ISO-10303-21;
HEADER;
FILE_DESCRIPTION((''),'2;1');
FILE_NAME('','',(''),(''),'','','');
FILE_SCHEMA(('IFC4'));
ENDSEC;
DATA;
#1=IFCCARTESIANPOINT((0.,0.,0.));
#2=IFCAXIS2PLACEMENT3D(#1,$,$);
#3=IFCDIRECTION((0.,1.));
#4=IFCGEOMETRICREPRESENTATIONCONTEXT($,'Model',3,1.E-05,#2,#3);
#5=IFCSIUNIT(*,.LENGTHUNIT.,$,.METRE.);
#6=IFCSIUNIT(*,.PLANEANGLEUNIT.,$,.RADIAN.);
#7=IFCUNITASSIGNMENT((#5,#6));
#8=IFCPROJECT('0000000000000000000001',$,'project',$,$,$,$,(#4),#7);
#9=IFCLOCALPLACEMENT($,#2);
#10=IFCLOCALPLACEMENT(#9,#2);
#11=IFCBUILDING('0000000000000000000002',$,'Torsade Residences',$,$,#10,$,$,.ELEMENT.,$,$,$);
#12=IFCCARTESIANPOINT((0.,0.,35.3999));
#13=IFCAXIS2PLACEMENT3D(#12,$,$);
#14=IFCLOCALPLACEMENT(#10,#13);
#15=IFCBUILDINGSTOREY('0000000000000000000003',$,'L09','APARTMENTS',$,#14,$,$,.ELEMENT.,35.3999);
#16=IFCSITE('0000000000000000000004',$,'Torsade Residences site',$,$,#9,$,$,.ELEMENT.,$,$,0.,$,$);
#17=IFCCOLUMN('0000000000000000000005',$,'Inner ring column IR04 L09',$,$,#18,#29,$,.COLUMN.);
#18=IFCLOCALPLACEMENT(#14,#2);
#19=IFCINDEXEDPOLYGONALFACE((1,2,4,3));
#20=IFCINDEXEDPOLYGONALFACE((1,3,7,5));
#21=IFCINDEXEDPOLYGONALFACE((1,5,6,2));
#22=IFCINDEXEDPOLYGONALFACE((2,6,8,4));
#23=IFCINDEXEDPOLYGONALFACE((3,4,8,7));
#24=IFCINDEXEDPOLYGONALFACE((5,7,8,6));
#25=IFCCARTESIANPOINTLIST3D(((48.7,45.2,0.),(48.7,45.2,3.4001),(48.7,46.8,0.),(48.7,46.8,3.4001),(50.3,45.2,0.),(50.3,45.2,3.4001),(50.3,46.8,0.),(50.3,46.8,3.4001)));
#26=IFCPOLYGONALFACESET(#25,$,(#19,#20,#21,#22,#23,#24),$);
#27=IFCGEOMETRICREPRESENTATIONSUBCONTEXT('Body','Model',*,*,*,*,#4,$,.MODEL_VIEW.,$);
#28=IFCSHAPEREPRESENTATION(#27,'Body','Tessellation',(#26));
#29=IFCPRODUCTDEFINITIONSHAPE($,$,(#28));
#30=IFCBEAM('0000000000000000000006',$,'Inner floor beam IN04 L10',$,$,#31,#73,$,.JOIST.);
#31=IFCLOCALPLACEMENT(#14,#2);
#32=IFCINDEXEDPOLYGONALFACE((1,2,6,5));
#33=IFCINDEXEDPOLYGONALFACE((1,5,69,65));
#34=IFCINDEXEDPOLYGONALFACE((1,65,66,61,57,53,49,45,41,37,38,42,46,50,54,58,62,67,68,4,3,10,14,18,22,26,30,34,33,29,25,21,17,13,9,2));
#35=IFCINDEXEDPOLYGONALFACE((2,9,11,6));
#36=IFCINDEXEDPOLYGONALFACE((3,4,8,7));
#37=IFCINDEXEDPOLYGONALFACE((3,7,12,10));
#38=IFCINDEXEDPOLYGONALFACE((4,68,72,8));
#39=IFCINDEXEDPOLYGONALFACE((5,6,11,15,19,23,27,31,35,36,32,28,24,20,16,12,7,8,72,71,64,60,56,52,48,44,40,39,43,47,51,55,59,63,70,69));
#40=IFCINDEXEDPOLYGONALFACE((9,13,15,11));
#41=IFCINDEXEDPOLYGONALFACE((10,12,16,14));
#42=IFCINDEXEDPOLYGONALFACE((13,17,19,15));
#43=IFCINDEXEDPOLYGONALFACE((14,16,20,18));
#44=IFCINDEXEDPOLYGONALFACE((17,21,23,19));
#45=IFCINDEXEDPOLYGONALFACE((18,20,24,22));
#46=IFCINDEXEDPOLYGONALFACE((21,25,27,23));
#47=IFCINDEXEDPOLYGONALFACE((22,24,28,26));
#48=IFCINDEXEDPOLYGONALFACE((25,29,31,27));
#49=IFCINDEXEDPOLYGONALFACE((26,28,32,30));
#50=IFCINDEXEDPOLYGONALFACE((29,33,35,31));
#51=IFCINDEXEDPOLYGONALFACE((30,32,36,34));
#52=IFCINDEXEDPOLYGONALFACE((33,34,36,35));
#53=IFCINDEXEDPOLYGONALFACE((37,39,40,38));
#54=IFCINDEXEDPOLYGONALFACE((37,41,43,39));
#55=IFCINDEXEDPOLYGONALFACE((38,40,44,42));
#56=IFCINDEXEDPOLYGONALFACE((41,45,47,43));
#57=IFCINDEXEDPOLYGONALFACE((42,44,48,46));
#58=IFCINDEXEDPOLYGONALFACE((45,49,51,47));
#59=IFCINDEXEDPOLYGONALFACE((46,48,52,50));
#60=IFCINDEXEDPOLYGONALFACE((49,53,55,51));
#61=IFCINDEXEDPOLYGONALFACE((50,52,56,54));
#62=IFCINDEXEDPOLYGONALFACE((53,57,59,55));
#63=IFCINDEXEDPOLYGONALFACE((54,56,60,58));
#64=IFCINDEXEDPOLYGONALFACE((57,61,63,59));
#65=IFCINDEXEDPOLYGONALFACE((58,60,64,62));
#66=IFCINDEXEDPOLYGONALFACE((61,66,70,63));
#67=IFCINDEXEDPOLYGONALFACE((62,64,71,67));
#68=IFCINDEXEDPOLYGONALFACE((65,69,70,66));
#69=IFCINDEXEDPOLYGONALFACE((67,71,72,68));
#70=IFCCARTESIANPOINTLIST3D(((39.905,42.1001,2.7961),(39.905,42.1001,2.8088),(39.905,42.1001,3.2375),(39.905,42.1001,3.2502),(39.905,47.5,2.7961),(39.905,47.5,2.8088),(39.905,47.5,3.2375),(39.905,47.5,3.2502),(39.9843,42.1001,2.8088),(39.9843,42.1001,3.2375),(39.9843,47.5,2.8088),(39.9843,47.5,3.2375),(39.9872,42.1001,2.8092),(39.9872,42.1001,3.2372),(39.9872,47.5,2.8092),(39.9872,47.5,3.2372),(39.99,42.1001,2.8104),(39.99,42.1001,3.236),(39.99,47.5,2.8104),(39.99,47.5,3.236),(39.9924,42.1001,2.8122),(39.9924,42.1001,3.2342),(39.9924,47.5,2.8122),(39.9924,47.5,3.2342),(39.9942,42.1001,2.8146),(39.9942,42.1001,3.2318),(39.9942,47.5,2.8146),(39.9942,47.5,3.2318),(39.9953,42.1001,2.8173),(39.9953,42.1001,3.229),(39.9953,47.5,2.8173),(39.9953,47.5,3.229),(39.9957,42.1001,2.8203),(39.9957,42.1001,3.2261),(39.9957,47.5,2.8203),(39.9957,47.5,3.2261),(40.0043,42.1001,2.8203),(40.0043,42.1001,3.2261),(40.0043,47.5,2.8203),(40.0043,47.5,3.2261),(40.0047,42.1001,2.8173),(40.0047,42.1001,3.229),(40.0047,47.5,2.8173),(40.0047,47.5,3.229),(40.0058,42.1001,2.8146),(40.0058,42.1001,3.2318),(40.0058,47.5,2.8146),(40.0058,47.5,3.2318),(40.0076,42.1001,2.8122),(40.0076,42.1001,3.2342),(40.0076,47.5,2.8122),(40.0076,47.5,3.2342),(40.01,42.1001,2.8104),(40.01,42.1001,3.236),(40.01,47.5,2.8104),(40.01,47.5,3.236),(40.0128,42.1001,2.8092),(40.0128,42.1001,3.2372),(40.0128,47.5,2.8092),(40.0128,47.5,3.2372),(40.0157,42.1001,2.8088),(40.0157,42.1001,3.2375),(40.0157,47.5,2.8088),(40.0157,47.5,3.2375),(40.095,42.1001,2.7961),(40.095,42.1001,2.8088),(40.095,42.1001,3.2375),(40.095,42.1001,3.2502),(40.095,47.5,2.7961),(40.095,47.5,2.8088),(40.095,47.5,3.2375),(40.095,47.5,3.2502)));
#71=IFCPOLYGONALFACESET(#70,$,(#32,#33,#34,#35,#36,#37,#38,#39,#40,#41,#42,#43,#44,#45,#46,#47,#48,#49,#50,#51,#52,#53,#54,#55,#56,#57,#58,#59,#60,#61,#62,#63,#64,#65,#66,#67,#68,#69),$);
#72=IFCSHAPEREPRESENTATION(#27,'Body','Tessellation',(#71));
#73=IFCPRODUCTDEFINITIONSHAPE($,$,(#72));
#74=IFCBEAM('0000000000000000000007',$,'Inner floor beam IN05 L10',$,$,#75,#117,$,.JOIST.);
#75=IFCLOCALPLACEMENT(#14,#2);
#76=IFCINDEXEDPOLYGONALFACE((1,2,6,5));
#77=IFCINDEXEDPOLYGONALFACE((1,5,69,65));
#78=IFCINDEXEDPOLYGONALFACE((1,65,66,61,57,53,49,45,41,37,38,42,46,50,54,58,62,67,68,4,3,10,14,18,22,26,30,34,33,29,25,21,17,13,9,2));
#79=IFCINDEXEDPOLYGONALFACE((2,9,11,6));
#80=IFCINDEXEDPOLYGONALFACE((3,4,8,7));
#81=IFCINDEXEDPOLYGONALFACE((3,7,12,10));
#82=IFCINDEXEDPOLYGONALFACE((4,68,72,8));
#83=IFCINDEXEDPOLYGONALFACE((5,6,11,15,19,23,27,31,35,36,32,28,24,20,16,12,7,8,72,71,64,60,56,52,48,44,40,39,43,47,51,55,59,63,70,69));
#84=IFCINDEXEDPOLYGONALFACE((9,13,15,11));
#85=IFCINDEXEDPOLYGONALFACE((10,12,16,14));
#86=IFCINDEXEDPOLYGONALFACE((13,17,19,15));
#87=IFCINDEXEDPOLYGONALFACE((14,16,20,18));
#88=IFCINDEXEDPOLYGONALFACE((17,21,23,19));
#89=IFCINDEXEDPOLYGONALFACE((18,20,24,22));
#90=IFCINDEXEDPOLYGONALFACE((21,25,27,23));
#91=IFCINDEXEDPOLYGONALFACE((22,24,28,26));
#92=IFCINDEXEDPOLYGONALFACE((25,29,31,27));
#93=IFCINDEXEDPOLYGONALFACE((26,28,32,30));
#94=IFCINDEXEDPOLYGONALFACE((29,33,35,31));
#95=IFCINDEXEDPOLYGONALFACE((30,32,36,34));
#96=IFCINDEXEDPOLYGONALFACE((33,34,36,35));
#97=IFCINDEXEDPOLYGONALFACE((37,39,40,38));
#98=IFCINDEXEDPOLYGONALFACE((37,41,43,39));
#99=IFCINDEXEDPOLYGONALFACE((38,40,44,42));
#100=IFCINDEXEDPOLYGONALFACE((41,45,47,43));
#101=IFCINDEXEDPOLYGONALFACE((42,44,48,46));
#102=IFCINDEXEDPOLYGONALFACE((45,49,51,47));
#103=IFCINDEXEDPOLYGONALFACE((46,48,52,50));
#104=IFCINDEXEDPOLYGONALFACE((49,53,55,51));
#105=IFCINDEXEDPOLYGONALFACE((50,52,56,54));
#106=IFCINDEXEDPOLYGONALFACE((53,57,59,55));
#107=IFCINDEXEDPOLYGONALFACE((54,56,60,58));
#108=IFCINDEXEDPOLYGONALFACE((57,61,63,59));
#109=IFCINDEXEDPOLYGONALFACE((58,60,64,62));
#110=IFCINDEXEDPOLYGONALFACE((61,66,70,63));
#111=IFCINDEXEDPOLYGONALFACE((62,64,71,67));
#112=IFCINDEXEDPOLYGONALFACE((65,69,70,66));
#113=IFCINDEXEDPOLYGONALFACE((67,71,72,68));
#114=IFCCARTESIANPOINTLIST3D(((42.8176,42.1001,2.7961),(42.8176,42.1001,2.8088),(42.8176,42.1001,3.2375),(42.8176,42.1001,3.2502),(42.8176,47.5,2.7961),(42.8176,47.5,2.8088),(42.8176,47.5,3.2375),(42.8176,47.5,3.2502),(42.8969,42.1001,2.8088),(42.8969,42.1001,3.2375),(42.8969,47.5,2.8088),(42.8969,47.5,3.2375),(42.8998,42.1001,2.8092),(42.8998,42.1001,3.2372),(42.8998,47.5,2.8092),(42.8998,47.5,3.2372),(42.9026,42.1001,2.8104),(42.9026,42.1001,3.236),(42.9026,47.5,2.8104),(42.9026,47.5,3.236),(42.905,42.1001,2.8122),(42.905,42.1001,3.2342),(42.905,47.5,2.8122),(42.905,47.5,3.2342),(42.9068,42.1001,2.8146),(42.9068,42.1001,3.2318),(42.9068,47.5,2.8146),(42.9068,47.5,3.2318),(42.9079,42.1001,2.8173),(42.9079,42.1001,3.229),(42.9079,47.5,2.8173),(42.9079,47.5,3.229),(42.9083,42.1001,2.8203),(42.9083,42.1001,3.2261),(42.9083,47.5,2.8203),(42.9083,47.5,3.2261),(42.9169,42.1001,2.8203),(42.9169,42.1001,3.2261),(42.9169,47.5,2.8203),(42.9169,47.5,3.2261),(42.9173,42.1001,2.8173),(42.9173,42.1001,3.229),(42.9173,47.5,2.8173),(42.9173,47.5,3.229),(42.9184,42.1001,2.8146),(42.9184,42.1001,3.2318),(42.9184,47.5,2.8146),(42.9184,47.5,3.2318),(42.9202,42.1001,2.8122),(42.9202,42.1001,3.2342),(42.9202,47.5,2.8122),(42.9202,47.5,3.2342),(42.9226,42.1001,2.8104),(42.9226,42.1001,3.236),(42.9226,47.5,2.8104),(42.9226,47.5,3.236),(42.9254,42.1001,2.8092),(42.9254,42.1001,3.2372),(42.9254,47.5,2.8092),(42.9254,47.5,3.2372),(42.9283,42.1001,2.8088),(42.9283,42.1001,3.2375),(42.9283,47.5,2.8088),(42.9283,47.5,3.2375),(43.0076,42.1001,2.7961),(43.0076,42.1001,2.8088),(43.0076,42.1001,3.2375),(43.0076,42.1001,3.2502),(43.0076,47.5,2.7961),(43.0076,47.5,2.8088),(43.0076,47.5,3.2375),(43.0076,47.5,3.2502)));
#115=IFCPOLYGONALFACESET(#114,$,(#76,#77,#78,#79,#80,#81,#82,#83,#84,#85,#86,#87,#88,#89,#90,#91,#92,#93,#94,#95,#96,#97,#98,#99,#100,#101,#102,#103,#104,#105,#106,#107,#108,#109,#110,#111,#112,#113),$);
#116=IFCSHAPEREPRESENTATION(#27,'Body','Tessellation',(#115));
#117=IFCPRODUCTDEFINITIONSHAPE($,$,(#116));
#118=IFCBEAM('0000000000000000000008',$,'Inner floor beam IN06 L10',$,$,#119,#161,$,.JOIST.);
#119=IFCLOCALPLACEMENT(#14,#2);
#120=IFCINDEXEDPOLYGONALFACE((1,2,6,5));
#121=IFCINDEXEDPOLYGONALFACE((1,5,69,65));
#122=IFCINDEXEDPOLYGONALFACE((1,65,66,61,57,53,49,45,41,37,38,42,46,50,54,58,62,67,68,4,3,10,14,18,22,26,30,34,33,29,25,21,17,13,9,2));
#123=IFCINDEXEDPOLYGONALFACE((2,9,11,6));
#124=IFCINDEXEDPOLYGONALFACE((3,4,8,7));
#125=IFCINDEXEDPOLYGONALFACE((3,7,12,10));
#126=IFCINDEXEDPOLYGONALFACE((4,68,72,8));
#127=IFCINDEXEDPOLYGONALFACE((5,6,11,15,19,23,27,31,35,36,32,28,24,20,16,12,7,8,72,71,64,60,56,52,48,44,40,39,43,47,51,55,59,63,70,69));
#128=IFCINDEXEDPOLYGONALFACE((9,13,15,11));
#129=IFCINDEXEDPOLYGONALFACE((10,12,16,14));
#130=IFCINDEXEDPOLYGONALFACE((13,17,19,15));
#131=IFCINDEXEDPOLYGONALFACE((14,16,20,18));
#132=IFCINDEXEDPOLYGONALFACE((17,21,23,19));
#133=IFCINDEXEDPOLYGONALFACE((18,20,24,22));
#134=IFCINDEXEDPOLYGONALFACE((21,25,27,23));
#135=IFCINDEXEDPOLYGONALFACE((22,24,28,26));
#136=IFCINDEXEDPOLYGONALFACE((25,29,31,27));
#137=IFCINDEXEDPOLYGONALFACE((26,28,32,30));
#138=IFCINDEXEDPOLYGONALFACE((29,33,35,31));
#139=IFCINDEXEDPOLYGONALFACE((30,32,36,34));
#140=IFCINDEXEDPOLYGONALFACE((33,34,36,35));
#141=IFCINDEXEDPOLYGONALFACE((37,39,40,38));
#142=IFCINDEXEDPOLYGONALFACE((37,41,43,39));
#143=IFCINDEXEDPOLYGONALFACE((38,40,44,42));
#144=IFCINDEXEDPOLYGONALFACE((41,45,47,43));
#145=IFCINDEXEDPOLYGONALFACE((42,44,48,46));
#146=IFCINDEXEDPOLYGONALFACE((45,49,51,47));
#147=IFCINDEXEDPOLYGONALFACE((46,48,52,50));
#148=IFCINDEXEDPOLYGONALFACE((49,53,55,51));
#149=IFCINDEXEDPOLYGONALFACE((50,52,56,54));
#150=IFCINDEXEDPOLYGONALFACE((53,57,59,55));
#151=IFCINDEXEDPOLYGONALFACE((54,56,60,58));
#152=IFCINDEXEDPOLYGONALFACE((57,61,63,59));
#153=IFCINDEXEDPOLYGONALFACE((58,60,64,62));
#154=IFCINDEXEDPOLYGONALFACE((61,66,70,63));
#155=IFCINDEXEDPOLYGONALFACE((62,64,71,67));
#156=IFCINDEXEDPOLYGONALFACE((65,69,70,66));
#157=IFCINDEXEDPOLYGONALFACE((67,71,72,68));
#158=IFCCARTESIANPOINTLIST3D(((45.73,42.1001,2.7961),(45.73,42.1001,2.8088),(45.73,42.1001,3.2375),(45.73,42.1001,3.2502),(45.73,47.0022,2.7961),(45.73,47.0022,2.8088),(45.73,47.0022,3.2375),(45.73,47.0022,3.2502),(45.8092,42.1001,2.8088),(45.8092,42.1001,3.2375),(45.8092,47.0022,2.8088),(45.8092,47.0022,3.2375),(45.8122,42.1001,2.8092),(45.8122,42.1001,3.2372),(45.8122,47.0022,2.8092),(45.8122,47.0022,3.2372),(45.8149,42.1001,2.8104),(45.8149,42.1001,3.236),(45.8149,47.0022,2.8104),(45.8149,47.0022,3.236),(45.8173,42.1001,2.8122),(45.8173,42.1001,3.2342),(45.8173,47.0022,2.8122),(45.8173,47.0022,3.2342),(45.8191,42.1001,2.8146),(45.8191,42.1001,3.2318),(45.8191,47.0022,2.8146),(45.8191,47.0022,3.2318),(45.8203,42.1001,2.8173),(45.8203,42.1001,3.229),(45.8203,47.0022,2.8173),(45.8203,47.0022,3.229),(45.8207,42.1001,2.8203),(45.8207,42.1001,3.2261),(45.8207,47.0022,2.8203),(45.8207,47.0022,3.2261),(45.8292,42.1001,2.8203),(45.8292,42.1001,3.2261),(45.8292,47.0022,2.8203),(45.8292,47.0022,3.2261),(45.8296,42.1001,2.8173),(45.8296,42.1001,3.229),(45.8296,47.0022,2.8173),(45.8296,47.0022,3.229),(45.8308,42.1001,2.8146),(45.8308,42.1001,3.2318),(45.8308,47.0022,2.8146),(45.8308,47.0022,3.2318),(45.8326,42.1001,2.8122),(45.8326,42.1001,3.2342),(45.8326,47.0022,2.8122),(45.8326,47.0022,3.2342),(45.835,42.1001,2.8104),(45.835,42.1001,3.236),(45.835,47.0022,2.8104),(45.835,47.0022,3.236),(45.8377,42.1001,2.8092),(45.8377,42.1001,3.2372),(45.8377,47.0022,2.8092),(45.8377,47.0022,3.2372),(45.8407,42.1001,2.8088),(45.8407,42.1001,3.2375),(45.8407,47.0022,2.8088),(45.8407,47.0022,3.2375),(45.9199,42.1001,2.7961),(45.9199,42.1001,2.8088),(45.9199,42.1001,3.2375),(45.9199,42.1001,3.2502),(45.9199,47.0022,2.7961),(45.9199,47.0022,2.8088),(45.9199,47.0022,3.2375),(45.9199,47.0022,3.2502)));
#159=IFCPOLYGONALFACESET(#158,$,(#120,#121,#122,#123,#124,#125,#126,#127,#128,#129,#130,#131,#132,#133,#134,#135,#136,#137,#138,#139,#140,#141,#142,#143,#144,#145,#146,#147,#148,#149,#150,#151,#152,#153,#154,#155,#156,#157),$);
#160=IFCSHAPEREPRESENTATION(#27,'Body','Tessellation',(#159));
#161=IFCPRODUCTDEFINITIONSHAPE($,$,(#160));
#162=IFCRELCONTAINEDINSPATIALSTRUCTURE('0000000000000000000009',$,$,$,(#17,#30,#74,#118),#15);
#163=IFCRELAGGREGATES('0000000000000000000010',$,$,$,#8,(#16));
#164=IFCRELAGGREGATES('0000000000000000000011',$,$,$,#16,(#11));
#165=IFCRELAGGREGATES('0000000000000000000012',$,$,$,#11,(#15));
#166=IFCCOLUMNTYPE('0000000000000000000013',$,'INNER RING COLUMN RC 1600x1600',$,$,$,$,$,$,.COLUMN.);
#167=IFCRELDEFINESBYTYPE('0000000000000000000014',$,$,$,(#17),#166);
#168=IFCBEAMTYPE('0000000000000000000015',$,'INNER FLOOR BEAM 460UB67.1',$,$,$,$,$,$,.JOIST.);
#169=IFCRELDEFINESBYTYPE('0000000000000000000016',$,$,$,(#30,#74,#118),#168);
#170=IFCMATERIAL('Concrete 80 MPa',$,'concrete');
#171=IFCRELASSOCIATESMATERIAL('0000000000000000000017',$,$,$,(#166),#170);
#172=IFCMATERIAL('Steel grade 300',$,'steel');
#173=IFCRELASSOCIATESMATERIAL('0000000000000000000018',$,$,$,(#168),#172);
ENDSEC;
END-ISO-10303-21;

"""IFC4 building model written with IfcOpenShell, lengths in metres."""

from ifc_helpers import new_model, si_unit, direction, frame, origin, origin_2d, place, context, subcontext, project, spatial, rectangle, i_section, extrude, material, material_profile, profile_set, type_object, element, save


model = new_model("IFC4")

# Units and contexts
model_context = context("Model", 3, precision=1e-05, world=origin(), true_north=direction((0.0, 1.0)))
body_context = subcontext(model_context, "Body", "Model", "MODEL_VIEW")
ifc_project = project(units=[si_unit("LENGTHUNIT", "METRE"), si_unit("PLANEANGLEUNIT", "RADIAN")], contexts=[model_context])

# Site, building, storey
site_placement = place(None, origin())
site = spatial("IfcSite", under=ifc_project, at=site_placement, Name="Torsade Residences site", CompositionType="ELEMENT", RefElevation=0.0)
building_placement = place(site_placement, origin())
building = spatial("IfcBuilding", under=site, at=building_placement, Name="Torsade Residences", CompositionType="ELEMENT")
storey_placement = place(building_placement, frame((0.0, 0.0, 35.3999)))
storey = spatial("IfcBuildingStorey", under=building, at=storey_placement, Name="L09", Description="APARTMENTS", CompositionType="ELEMENT", Elevation=35.3999)

# Column
ifc_material_1 = material(Name="Concrete 80 MPa", Category="concrete")
ifc_material_profile_1 = material_profile(ifc_material_1, rectangle(XDim=1.6001, YDim=1.6001, at=origin_2d()), Name="RC 1600x1600")
ifc_profile_set_1 = profile_set([ifc_material_profile_1], Name="Concrete 80 MPa")
column_type = type_object("IfcColumnType", Name="INNER RING COLUMN RC 1600x1600", PredefinedType="COLUMN", material=ifc_profile_set_1)
column_placement = place(storey_placement, frame((49.5, 46.0, 0.0), z_axis=(0.0, 0.0, 1.0), x_axis=(1.0, 0.0, 0.0)))
element("IfcColumn", 1, at=column_placement, inside=storey, type_object=column_type, Name="Inner ring column IR04 L09", PredefinedType="COLUMN", context=body_context, shape_type="SweptSolid", body=[
    extrude(rectangle(XDim=1.6001, YDim=1.6001, at=origin_2d()), origin(), (0.0, 0.0, 1.0), 3.4001),
])

# Beams
ifc_material_2 = material(Name="Steel grade 300", Category="steel")
ifc_material_profile_2 = material_profile(ifc_material_2, i_section(OverallWidth=0.1899, OverallDepth=0.4541, WebThickness=0.0085, FlangeThickness=0.0127, FilletRadius=0.0115, at=origin_2d()), Name="460UB67.1")
ifc_profile_set_2 = profile_set([ifc_material_profile_2], Name="Steel grade 300")
beam_type_1 = type_object("IfcBeamType", Name="INNER FLOOR BEAM 460UB67.1", PredefinedType="JOIST", material=ifc_profile_set_2)
for number, where, z_axis, x_axis, name in (
    (2, (40.0, 42.1001, 3.0232), (0.0, 1.0, 0.0), (-1.0, 0.0, 0.0), "Inner floor beam IN04 L10"),
    (3, (42.9126, 42.1001, 3.0232), (0.0, 1.0, 0.0), (-1.0, 0.0, 0.0), "Inner floor beam IN05 L10"),
):
    element("IfcBeam", number, at=place(storey_placement, frame(where, z_axis=z_axis, x_axis=x_axis)), inside=storey, type_object=beam_type_1, Name=name, PredefinedType="JOIST", context=body_context, shape_type="SweptSolid", body=[
        extrude(i_section(OverallWidth=0.1899, OverallDepth=0.4541, WebThickness=0.0085, FlangeThickness=0.0127, FilletRadius=0.0115, at=origin_2d()), origin(), (0.0, 0.0, 1.0), 5.3999),
    ])
beam_1_placement = place(storey_placement, frame((45.825, 42.1001, 3.0232), z_axis=(0.0, 1.0, 0.0), x_axis=(-1.0, 0.0, 0.0)))
element("IfcBeam", 4, at=beam_1_placement, inside=storey, type_object=beam_type_1, Name="Inner floor beam IN06 L10", PredefinedType="JOIST", context=body_context, shape_type="SweptSolid", body=[
    extrude(i_section(OverallWidth=0.1899, OverallDepth=0.4541, WebThickness=0.0085, FlangeThickness=0.0127, FilletRadius=0.0115, at=origin_2d()), origin(), (0.0, 0.0, 1.0), 4.9021),
])

save(model, "model.ifc")
